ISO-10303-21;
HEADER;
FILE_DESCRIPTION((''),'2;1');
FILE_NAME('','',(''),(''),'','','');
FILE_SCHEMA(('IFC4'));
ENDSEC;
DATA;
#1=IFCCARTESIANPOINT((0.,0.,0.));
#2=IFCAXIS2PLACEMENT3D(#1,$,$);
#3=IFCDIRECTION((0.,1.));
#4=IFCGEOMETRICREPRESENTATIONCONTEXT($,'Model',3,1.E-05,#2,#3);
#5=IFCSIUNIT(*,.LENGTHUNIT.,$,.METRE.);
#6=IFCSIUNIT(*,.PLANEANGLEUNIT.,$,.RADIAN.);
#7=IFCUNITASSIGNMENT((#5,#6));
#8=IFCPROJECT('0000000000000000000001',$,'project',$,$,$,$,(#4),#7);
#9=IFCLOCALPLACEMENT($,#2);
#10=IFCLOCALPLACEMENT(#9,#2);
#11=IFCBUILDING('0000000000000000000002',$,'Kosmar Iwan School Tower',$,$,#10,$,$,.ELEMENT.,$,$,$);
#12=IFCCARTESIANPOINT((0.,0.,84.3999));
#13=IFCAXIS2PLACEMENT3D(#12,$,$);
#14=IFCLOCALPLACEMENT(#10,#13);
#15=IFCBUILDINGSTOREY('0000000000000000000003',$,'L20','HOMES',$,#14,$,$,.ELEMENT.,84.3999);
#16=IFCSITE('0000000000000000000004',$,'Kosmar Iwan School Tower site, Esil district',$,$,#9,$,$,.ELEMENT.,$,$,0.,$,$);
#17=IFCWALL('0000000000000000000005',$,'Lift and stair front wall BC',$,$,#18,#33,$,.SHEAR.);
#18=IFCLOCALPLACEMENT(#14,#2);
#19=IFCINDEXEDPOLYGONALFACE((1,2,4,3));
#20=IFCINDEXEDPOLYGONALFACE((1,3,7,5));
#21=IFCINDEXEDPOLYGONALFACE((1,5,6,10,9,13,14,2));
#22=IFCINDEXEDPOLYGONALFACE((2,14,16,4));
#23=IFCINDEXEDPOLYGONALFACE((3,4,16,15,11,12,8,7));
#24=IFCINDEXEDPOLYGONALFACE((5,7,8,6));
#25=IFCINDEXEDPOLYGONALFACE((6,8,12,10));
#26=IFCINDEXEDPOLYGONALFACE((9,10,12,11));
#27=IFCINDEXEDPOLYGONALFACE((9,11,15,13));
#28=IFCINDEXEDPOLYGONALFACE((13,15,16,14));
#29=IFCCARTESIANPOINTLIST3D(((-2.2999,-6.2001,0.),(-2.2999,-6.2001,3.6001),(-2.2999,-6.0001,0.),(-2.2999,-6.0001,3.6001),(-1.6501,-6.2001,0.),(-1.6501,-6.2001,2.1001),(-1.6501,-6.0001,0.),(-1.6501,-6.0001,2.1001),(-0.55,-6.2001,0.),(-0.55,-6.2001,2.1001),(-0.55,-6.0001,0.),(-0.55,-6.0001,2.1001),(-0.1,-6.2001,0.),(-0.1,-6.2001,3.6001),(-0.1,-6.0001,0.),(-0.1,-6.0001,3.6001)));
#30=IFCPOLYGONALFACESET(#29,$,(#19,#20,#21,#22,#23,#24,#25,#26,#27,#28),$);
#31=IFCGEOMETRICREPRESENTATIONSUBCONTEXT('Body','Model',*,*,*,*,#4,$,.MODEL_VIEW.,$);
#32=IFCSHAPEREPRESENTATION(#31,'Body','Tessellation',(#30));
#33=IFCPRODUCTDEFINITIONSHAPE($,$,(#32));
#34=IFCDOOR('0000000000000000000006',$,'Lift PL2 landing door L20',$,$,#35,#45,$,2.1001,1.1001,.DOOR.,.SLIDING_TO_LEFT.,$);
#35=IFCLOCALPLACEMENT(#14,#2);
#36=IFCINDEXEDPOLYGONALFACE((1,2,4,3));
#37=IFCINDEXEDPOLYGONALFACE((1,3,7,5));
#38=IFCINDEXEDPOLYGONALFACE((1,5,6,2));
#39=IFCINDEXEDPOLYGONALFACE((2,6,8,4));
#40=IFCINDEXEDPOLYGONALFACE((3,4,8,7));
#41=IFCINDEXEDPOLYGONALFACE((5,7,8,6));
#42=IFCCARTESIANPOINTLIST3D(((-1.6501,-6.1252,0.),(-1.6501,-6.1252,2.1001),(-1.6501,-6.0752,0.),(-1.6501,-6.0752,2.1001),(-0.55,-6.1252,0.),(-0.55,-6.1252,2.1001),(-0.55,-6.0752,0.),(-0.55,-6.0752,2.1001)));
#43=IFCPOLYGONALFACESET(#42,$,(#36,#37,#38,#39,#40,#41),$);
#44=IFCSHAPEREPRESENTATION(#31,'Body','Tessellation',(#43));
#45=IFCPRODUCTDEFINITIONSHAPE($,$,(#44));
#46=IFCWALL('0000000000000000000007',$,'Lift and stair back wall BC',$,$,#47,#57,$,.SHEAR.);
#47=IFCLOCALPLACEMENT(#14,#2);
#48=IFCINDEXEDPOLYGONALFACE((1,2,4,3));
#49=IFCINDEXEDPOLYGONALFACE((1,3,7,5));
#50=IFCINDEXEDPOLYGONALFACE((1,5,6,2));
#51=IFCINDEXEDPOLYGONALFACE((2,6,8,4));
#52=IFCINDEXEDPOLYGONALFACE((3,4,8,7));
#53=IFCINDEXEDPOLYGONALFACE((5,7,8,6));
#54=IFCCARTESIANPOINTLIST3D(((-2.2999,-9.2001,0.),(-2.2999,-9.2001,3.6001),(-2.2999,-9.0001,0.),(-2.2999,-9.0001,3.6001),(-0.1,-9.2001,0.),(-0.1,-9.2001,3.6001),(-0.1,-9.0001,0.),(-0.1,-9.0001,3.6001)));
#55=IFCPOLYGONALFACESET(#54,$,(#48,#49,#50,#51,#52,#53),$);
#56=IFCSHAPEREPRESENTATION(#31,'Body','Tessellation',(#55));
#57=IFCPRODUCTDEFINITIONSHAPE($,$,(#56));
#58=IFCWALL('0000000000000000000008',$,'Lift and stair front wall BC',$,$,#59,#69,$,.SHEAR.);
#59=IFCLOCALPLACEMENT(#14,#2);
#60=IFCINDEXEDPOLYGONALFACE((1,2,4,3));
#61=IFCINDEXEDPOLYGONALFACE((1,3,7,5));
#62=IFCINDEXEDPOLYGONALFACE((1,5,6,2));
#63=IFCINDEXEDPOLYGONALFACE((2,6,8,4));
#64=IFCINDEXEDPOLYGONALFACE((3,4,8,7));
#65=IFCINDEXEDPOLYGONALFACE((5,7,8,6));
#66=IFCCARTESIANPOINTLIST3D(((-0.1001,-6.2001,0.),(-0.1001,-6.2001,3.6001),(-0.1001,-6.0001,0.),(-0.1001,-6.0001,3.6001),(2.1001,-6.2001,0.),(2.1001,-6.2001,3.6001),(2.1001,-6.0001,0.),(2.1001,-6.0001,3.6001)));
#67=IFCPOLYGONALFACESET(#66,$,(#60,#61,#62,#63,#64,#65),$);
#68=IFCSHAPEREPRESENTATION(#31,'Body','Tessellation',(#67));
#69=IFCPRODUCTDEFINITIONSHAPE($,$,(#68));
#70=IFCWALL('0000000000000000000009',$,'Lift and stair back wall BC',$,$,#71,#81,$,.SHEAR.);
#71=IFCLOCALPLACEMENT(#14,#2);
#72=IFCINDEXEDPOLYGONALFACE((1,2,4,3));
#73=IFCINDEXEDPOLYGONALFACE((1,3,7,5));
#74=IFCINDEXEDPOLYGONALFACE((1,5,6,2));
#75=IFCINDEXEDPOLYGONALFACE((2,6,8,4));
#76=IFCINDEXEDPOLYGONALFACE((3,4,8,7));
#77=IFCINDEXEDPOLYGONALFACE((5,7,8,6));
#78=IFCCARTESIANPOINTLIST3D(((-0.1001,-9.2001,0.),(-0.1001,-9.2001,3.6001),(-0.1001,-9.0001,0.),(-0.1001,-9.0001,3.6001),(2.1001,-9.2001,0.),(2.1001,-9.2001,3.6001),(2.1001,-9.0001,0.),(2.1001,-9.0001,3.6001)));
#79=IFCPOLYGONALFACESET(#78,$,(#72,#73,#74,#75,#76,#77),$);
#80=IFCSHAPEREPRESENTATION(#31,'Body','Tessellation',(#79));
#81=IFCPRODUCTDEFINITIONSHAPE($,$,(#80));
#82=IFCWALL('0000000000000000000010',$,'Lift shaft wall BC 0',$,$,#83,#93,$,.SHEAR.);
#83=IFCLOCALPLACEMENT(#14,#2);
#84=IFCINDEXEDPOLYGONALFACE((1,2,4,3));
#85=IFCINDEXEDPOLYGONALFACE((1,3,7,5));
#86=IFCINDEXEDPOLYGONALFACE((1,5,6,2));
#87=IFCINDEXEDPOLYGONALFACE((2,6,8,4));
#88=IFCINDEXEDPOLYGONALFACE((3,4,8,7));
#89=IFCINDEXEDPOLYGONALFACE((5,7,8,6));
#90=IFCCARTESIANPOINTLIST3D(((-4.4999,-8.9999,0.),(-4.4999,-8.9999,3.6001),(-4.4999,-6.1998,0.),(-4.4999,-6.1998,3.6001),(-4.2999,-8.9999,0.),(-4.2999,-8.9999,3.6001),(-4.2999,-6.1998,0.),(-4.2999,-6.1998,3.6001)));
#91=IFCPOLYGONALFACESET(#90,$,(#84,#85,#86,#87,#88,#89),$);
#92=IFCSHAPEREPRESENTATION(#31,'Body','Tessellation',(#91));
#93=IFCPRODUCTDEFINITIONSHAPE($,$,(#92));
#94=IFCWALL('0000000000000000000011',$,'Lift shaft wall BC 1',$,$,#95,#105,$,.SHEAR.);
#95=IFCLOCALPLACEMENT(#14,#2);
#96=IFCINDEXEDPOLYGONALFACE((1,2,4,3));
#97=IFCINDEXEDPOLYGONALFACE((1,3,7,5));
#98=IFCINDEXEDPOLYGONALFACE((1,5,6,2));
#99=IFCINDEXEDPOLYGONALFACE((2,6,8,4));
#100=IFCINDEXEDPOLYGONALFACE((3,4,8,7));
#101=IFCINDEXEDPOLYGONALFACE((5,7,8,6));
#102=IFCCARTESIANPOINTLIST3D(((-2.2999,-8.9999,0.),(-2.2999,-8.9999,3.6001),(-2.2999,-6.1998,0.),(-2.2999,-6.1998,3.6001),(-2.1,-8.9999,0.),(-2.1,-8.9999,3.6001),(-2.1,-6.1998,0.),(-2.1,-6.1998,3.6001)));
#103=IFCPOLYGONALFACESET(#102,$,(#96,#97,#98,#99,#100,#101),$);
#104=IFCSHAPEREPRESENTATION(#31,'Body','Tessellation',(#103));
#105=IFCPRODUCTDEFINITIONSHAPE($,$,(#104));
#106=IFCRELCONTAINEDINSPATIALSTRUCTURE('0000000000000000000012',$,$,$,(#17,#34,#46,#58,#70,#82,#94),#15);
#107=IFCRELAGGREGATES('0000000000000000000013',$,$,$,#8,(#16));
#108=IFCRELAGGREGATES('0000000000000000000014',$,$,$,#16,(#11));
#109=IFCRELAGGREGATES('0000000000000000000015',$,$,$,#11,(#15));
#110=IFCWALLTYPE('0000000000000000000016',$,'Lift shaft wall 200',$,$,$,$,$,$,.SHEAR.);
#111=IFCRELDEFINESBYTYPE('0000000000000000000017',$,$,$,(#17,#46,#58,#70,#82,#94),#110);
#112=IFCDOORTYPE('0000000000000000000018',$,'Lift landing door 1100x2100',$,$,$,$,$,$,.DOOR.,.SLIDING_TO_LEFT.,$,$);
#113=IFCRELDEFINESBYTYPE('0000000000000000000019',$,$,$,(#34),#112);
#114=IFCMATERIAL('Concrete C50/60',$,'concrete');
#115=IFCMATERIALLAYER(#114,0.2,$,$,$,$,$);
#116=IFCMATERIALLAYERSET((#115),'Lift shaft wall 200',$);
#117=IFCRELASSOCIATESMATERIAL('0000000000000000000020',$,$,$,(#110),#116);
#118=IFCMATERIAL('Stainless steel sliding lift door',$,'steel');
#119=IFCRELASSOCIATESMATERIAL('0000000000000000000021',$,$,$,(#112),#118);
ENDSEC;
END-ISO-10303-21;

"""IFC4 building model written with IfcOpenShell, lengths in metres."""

from ifc_helpers import new_model, si_unit, direction, frame, frame_2d, origin, place, context, subcontext, project, spatial, rectangle, extrude, material, layer, layer_set, type_object, element, fill, save


model = new_model("IFC4")

# Units and contexts
model_context = context("Model", 3, precision=1e-05, world=origin(), true_north=direction((0.0, 1.0)))
body_context = subcontext(model_context, "Body", "Model", "MODEL_VIEW")
ifc_project = project(units=[si_unit("LENGTHUNIT", "METRE"), si_unit("PLANEANGLEUNIT", "RADIAN")], contexts=[model_context])

# Site, building, storey
site_placement = place(None, origin())
site = spatial("IfcSite", under=ifc_project, at=site_placement, Name="Kosmar Iwan School Tower site, Esil district", CompositionType="ELEMENT", RefElevation=0.0)
building_placement = place(site_placement, origin())
building = spatial("IfcBuilding", under=site, at=building_placement, Name="Kosmar Iwan School Tower", CompositionType="ELEMENT")
storey_placement = place(building_placement, frame((0.0, 0.0, 84.3999)))
storey = spatial("IfcBuildingStorey", under=building, at=storey_placement, Name="L20", Description="HOMES", CompositionType="ELEMENT", Elevation=84.3999)

# Shared definitions
ifc_material_1 = material(Name="Concrete C50/60", Category="concrete")
ifc_layer_1 = layer(ifc_material_1, 0.2)
ifc_layer_set_1 = layer_set([ifc_layer_1], Name="Lift shaft wall 200")
wall_type_1 = type_object("IfcWallType", Name="Lift shaft wall 200", PredefinedType="SHEAR", material=ifc_layer_set_1)
ifc_material_2 = material(Name="Stainless steel sliding lift door", Category="steel")
door_type_1 = type_object("IfcDoorType", Name="Lift landing door 1100x2100", OperationType="SLIDING_TO_LEFT", PredefinedType="DOOR", material=ifc_material_2)

# Wall, opening, door
wall_1_placement = place(storey_placement, frame((-2.3, -6.1001, 0.0), z_axis=(0.0, 0.0, 1.0), x_axis=(1.0, 0.0, 0.0)))
wall_1 = element("IfcWall", 1, at=wall_1_placement, inside=storey, type_object=wall_type_1, Name="Lift and stair front wall BC", PredefinedType="SHEAR", context=body_context, shape_type="SweptSolid", body=[
    extrude(rectangle(XDim=2.2, YDim=0.2, at=frame_2d((1.1001, 0.0))), origin(), (0.0, 0.0, 1.0), 3.6001),
])
opening_1_placement = place(wall_1_placement, frame((0.6499, 0.0, 0.0)))
opening_1 = element("IfcOpeningElement", 2, at=opening_1_placement, cuts=wall_1, PredefinedType="OPENING", context=body_context, shape_type="SweptSolid", body=[
    extrude(rectangle(XDim=1.1001, YDim=2.1001, at=frame_2d((0.55, 1.05))), frame((0.0, 0.1121, 0.0), z_axis=(0.0, -1.0, 0.0), x_axis=(1.0, 0.0, 0.0)), (0.0, 0.0, 1.0), 0.2239),
])
door_1_placement = place(opening_1_placement, origin())
door_1 = element("IfcDoor", 3, at=door_1_placement, inside=storey, type_object=door_type_1, Name="Lift PL2 landing door L20", OperationType="SLIDING_TO_LEFT", OverallHeight=2.1001, OverallWidth=1.1001, PredefinedType="DOOR", context=body_context, shape_type="SweptSolid", body=[
    extrude(rectangle(XDim=1.1001, YDim=2.1001, at=frame_2d((0.55, 1.05))), frame((0.0, 0.0249, 0.0), z_axis=(0.0, -1.0, 0.0), x_axis=(1.0, 0.0, 0.0)), (0.0, 0.0, 1.0), 0.05),
])
fill(opening_1, door_1)

# Walls
wall_2_placement = place(storey_placement, frame((-2.3, -9.1001, 0.0), z_axis=(0.0, 0.0, 1.0), x_axis=(1.0, 0.0, 0.0)))
element("IfcWall", 4, at=wall_2_placement, inside=storey, type_object=wall_type_1, Name="Lift and stair back wall BC", PredefinedType="SHEAR", context=body_context, shape_type="SweptSolid", body=[
    extrude(rectangle(XDim=2.2, YDim=0.2, at=frame_2d((1.1001, 0.0))), origin(), (0.0, 0.0, 1.0), 3.6001),
])
for number, where, z_axis, x_axis, name in (
    (5, (-0.1001, -6.1001, 0.0), (0.0, 0.0, 1.0), (1.0, 0.0, 0.0), "Lift and stair front wall BC"),
    (6, (-0.1001, -9.1001, 0.0), (0.0, 0.0, 1.0), (1.0, 0.0, 0.0), "Lift and stair back wall BC"),
):
    element("IfcWall", number, at=place(storey_placement, frame(where, z_axis=z_axis, x_axis=x_axis)), inside=storey, type_object=wall_type_1, Name=name, PredefinedType="SHEAR", context=body_context, shape_type="SweptSolid", body=[
        extrude(rectangle(XDim=2.2002, YDim=0.2, at=frame_2d((1.1001, 0.0))), origin(), (0.0, 0.0, 1.0), 3.6001),
    ])
for number, where, z_axis, x_axis, name in (
    (7, (-4.3999, -6.2, 0.0), (0.0, 0.0, 1.0), (0.0, -1.0, 0.0), "Lift shaft wall BC 0"),
    (8, (-2.2, -6.2, 0.0), (0.0, 0.0, 1.0), (0.0, -1.0, 0.0), "Lift shaft wall BC 1"),
):
    element("IfcWall", number, at=place(storey_placement, frame(where, z_axis=z_axis, x_axis=x_axis)), inside=storey, type_object=wall_type_1, Name=name, PredefinedType="SHEAR", context=body_context, shape_type="SweptSolid", body=[
        extrude(rectangle(XDim=2.8, YDim=0.2, at=frame_2d((1.3999, 0.0))), origin(), (0.0, 0.0, 1.0), 3.6001),
    ])

save(model, "model.ifc")
